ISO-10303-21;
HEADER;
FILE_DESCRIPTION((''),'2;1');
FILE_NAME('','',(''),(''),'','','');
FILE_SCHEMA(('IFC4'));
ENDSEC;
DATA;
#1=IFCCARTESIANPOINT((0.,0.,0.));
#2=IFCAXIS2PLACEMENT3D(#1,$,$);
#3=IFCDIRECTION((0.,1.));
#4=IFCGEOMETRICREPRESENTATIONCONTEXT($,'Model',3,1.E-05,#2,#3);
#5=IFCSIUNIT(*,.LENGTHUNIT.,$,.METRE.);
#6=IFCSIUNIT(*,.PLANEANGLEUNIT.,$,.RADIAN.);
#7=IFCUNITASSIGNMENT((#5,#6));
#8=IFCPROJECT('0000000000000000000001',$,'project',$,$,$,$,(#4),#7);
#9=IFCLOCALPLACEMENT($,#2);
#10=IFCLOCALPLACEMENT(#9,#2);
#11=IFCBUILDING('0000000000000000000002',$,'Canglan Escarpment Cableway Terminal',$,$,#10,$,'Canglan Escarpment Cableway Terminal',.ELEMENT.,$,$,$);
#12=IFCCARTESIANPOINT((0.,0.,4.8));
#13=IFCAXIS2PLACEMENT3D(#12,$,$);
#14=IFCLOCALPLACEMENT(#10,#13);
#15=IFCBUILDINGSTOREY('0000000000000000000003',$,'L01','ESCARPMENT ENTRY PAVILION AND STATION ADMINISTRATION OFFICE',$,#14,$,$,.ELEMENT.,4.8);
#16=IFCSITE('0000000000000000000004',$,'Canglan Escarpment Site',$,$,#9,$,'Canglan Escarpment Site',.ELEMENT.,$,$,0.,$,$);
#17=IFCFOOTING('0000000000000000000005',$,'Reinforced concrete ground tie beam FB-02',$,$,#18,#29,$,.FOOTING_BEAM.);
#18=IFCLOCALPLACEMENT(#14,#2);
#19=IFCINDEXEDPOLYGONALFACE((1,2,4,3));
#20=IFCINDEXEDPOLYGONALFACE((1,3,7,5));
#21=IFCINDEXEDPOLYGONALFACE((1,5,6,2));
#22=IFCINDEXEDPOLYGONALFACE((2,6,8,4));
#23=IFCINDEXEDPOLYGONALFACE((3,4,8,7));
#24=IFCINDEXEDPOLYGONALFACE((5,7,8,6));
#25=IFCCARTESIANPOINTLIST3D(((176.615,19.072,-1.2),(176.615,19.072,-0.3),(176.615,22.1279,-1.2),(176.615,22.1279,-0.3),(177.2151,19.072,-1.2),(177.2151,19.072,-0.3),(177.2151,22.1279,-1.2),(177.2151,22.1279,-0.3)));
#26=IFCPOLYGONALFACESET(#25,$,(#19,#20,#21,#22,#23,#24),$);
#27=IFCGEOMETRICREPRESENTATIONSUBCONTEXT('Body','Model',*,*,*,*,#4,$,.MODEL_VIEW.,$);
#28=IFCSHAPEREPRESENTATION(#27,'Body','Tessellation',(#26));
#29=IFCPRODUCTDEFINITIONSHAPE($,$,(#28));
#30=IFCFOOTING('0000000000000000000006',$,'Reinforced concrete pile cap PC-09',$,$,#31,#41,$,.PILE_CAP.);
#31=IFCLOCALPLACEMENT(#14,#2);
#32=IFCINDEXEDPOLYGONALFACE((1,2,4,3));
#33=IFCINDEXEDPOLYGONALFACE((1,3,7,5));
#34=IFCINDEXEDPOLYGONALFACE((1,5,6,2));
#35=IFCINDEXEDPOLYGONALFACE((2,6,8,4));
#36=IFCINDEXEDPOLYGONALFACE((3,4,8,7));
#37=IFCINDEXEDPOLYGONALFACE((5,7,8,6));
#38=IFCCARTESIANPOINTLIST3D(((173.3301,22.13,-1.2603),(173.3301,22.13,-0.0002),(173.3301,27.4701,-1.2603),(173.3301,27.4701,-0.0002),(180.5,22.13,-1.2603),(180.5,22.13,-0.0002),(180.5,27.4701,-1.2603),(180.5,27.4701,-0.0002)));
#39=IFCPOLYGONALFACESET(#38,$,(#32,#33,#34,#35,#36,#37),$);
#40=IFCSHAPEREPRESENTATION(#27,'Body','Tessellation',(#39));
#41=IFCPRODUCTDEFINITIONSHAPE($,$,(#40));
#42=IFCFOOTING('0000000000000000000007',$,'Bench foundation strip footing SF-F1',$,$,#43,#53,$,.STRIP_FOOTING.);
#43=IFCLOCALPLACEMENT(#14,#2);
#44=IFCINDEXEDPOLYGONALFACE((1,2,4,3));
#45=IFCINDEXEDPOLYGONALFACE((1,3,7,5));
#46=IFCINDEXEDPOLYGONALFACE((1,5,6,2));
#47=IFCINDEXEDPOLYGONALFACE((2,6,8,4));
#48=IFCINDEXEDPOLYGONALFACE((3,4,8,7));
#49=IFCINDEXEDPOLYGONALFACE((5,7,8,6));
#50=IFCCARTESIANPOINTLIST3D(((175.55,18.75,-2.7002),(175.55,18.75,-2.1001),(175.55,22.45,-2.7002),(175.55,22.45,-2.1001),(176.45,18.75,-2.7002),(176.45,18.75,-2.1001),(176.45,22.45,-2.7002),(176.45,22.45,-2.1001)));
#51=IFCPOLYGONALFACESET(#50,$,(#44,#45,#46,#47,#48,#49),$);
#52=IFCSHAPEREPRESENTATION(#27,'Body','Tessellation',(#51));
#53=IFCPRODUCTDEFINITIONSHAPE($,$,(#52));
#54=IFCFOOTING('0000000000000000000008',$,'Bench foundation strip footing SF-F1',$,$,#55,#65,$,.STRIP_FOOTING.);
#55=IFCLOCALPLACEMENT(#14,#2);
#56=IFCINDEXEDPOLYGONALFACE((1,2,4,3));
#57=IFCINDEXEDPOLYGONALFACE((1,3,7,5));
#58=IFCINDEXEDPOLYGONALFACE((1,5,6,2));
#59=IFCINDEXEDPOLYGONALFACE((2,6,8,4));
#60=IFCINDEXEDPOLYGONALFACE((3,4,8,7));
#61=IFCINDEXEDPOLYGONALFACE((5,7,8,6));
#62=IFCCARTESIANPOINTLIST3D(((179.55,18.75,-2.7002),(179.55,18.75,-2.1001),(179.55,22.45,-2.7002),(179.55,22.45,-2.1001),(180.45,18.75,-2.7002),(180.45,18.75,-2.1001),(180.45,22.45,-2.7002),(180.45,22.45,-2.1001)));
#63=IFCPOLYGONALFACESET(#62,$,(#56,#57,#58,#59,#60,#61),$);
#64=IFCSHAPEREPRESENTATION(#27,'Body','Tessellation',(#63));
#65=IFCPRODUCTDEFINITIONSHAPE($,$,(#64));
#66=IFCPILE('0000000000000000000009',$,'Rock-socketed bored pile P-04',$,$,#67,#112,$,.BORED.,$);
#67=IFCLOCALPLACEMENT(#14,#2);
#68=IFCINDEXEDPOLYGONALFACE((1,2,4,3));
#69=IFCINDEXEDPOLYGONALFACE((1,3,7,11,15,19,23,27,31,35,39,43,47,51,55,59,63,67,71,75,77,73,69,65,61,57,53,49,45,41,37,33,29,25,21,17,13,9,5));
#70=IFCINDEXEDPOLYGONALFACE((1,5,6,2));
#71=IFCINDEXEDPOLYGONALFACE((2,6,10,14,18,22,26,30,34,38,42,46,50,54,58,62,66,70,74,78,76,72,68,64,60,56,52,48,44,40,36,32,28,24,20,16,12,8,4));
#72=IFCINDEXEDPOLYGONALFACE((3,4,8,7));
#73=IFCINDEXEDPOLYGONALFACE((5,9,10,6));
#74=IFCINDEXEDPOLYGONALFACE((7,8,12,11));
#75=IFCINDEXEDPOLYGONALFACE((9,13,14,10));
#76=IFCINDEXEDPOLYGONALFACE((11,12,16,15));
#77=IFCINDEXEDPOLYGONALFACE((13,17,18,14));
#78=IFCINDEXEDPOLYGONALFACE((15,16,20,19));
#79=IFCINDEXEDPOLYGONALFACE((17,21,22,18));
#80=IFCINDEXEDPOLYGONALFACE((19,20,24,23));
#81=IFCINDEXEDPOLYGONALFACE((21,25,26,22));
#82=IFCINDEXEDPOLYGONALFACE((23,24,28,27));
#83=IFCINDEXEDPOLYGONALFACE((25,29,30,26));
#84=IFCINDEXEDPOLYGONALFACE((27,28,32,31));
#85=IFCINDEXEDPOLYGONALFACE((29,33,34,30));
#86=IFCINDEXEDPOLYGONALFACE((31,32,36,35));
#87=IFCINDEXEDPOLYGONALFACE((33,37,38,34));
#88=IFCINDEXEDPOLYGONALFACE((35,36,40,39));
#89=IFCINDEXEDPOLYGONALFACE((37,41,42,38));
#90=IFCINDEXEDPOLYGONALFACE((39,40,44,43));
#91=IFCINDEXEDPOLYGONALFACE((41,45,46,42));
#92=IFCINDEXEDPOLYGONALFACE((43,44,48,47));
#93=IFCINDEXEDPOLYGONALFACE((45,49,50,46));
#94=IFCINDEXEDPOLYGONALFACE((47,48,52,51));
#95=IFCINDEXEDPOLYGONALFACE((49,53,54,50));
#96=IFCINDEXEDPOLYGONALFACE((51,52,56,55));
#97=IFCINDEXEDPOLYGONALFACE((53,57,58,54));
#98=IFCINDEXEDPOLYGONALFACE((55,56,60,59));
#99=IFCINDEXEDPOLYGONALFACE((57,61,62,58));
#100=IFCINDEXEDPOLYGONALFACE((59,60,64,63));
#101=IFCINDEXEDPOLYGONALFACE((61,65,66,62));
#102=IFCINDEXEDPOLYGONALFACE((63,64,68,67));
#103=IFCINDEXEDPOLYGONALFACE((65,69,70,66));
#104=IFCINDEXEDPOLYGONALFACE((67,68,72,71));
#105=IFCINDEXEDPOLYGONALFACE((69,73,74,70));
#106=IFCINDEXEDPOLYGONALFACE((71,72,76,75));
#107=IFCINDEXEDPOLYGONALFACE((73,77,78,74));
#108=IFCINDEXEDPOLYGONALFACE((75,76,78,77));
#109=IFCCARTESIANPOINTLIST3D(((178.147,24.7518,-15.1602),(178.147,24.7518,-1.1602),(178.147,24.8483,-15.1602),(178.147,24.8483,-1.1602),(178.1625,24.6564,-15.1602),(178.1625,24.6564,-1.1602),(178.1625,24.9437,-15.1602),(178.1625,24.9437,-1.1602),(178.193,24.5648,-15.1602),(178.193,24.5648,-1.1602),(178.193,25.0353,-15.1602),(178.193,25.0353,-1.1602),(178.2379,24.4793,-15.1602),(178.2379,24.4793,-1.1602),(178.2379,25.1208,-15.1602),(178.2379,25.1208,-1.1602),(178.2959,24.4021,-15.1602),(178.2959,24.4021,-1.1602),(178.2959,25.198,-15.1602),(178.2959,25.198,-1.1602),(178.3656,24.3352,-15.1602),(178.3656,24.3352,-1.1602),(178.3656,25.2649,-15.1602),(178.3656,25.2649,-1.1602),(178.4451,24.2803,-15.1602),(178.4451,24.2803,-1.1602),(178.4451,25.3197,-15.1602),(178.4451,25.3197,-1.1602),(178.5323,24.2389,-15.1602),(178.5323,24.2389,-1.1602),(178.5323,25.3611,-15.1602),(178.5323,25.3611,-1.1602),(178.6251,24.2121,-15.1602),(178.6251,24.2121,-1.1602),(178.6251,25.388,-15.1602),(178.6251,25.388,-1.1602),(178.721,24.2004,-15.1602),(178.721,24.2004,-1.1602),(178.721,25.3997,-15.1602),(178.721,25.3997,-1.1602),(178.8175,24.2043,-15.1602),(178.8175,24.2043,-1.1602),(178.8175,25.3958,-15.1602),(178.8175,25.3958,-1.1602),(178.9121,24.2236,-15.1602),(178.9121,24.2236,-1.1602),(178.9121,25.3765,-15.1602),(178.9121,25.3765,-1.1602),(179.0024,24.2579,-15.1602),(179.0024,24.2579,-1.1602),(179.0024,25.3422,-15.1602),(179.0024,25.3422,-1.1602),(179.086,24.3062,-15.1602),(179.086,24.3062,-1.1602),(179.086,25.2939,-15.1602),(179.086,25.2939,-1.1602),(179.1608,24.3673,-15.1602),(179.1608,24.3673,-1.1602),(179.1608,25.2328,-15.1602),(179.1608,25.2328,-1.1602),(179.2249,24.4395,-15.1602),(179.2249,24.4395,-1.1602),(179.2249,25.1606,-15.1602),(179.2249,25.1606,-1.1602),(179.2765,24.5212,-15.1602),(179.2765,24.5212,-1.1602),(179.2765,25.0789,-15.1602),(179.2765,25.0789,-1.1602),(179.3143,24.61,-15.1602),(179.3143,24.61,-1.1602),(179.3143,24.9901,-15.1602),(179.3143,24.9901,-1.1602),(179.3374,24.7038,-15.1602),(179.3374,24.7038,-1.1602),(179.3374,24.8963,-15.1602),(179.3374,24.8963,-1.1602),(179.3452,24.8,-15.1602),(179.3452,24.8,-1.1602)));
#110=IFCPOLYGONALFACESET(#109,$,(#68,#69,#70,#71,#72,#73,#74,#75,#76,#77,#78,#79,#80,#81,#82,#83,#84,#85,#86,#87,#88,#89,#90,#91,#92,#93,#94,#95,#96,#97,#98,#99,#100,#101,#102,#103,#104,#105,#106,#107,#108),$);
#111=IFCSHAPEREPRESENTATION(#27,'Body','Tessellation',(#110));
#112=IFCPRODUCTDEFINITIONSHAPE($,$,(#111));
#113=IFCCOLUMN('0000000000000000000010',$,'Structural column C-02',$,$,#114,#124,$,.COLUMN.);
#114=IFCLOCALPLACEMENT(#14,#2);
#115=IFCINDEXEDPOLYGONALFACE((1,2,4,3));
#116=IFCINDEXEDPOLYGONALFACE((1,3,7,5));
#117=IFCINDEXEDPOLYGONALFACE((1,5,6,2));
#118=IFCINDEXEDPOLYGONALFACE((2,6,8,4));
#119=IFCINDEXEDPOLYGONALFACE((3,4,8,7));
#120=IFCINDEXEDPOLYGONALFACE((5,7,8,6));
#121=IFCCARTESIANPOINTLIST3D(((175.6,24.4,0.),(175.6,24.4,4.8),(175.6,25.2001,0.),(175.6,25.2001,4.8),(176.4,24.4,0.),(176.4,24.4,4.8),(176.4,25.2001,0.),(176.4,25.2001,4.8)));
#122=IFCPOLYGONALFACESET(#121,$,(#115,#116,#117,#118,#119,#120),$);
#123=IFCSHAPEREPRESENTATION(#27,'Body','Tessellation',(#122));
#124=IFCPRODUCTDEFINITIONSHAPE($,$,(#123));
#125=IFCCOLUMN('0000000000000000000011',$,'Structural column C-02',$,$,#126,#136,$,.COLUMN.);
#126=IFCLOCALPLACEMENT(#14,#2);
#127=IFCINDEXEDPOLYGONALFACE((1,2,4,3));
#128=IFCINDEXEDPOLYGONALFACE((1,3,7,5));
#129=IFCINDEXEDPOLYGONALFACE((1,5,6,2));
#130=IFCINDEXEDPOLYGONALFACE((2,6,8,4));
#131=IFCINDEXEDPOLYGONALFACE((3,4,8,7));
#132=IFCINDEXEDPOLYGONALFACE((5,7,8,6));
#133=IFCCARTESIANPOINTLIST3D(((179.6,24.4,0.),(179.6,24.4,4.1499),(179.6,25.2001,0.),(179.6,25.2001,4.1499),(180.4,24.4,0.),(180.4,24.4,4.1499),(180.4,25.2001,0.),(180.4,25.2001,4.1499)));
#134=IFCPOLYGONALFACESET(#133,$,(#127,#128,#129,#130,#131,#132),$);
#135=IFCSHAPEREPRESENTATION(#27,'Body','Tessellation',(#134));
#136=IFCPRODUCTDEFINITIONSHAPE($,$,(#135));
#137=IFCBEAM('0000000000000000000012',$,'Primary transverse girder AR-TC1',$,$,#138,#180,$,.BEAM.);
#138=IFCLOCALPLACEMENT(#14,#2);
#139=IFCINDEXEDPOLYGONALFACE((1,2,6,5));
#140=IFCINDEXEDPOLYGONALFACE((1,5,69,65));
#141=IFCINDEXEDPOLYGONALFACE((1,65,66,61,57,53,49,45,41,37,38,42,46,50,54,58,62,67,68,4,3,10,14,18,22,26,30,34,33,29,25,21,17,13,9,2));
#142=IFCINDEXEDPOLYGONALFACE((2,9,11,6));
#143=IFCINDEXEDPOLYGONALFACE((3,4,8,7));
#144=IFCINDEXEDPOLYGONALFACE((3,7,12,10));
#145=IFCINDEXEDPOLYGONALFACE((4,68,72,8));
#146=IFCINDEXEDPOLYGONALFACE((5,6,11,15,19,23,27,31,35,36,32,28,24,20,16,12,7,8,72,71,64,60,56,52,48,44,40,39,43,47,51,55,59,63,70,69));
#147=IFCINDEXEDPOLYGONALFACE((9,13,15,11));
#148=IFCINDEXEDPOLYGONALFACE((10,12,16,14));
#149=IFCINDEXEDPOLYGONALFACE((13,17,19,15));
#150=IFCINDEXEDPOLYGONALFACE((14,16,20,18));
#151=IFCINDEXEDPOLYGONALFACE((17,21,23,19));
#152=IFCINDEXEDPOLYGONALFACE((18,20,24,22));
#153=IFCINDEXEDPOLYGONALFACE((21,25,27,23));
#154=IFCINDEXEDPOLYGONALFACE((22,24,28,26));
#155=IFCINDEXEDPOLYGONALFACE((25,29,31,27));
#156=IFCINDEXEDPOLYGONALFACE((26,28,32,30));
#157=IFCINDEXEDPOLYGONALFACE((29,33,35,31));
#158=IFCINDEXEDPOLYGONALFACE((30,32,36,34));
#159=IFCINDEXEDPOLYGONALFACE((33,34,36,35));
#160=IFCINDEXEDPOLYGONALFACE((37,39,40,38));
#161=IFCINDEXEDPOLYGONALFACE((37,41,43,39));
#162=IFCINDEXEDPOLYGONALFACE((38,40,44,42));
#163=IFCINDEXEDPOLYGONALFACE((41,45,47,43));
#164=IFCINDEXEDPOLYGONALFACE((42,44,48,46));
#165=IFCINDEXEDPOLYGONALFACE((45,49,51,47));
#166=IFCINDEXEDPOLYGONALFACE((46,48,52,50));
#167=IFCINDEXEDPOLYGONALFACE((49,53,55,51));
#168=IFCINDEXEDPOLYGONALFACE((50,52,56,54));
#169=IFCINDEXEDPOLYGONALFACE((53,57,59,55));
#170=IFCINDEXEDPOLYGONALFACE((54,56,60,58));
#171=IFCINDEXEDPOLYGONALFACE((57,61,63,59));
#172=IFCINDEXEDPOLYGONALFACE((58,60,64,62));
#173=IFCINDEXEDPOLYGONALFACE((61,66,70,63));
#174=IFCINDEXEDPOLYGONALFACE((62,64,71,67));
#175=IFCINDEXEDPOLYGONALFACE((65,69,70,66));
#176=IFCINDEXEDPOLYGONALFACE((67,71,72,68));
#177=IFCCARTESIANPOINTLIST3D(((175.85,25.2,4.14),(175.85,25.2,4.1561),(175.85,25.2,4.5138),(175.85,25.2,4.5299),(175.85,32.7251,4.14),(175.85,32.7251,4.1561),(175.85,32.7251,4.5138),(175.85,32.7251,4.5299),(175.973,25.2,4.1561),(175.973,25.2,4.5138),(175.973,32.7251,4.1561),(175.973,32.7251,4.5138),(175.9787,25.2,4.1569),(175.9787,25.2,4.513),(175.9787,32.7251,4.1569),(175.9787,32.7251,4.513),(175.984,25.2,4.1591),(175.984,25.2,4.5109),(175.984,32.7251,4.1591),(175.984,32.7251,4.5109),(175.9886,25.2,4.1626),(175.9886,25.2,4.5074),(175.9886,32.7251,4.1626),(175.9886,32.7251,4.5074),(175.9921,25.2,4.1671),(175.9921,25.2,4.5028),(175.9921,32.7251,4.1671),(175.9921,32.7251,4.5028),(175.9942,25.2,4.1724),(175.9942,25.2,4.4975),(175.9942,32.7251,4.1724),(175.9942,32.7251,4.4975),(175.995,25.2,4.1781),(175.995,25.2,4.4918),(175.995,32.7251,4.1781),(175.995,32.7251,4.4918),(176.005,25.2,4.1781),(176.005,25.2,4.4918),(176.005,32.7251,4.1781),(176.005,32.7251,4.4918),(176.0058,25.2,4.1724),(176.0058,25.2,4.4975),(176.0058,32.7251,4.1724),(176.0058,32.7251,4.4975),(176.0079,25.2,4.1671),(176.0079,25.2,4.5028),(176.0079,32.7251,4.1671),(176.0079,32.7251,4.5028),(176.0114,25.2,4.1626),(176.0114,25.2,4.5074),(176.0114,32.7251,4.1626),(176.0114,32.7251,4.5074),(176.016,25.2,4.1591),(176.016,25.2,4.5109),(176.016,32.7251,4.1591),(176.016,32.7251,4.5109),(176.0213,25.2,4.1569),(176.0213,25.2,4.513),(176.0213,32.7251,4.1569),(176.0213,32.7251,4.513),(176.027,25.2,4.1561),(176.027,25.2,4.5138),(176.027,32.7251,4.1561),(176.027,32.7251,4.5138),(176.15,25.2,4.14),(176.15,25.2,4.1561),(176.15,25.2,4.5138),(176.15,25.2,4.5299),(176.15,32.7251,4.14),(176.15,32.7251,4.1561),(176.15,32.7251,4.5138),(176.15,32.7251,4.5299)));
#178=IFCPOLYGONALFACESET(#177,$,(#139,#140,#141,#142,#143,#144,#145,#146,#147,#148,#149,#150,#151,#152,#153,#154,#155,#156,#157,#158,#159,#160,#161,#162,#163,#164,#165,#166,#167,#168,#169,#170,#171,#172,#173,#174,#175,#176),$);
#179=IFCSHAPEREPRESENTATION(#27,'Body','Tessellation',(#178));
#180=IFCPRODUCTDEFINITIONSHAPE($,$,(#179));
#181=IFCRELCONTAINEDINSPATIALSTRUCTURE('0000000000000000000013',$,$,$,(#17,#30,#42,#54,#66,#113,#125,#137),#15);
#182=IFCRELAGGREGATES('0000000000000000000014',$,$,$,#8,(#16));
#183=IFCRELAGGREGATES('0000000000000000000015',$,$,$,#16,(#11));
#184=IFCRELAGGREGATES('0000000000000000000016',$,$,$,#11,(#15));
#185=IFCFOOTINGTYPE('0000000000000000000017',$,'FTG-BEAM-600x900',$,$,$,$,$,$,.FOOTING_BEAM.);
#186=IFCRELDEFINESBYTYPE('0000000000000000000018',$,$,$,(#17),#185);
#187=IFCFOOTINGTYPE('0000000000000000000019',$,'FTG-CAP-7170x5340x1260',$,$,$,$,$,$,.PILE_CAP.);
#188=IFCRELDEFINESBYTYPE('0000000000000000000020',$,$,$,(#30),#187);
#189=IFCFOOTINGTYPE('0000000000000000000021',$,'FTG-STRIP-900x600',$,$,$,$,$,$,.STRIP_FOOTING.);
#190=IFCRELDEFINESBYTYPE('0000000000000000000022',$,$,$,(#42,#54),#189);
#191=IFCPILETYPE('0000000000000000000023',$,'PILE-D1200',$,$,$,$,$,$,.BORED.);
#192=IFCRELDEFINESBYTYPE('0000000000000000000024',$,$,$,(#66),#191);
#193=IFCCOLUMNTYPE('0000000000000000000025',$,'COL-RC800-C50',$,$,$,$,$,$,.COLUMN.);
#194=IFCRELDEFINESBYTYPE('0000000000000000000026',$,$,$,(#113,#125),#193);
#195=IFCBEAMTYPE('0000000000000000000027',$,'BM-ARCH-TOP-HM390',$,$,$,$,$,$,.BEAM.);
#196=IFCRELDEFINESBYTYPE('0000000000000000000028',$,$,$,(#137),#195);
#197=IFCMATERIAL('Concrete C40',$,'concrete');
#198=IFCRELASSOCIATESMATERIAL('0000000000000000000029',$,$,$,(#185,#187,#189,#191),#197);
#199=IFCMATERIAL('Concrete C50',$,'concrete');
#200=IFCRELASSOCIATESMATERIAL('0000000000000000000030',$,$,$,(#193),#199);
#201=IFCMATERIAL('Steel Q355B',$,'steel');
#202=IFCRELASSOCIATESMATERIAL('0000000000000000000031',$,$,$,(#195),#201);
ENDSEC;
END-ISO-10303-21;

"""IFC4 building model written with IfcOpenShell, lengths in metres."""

from ifc_helpers import new_model, si_unit, direction, frame, origin, origin_2d, place, context, subcontext, project, spatial, rectangle, circle, i_section, extrude, material, material_profile, profile_set, type_object, element, save


model = new_model("IFC4")

# Units and contexts
model_context = context("Model", 3, precision=1e-05, world=origin(), true_north=direction((0.0, 1.0)))
body_context = subcontext(model_context, "Body", "Model", "MODEL_VIEW")
ifc_project = project(units=[si_unit("LENGTHUNIT", "METRE"), si_unit("PLANEANGLEUNIT", "RADIAN")], contexts=[model_context])

# Site, building, storey
site_placement = place(None, origin())
site = spatial("IfcSite", under=ifc_project, at=site_placement, Name="Canglan Escarpment Site", LongName="Canglan Escarpment Site", CompositionType="ELEMENT", RefElevation=0.0)
building_placement = place(site_placement, origin())
building = spatial("IfcBuilding", under=site, at=building_placement, Name="Canglan Escarpment Cableway Terminal", LongName="Canglan Escarpment Cableway Terminal", CompositionType="ELEMENT")
storey_placement = place(building_placement, frame((0.0, 0.0, 4.8)))
storey = spatial("IfcBuildingStorey", under=building, at=storey_placement, Name="L01", Description="ESCARPMENT ENTRY PAVILION AND STATION ADMINISTRATION OFFICE", CompositionType="ELEMENT", Elevation=4.8)

# Footings
ifc_material_1 = material(Name="Concrete C40", Category="concrete")
ifc_material_profile_1 = material_profile(ifc_material_1, rectangle(XDim=0.6001, YDim=0.8999, at=origin_2d()), Name="FB 600x900")
ifc_profile_set_1 = profile_set([ifc_material_profile_1], Name="Concrete C40")
footing_type_1 = type_object("IfcFootingType", Name="FTG-BEAM-600x900", PredefinedType="FOOTING_BEAM", material=ifc_profile_set_1)
footing_1_placement = place(storey_placement, frame((176.915, 19.072, -0.75), z_axis=(0.0, 1.0, 0.0), x_axis=(-1.0, 0.0, 0.0)))
element("IfcFooting", 1, at=footing_1_placement, inside=storey, type_object=footing_type_1, Name="Reinforced concrete ground tie beam FB-02", PredefinedType="FOOTING_BEAM", context=body_context, shape_type="SweptSolid", body=[
    extrude(rectangle(XDim=0.6001, YDim=0.8999, at=origin_2d()), origin(), (0.0, 0.0, 1.0), 3.0559),
])
footing_type_2 = type_object("IfcFootingType", Name="FTG-CAP-7170x5340x1260", PredefinedType="PILE_CAP", material=ifc_material_1)
footing_2_placement = place(storey_placement, frame((176.915, 24.8, -1.2603), z_axis=(0.0, 0.0, 1.0), x_axis=(1.0, 0.0, 0.0)))
element("IfcFooting", 2, at=footing_2_placement, inside=storey, type_object=footing_type_2, Name="Reinforced concrete pile cap PC-09", PredefinedType="PILE_CAP", context=body_context, shape_type="SweptSolid", body=[
    extrude(rectangle(XDim=7.1699, YDim=5.3401, at=origin_2d()), origin(), (0.0, 0.0, 1.0), 1.26),
])
ifc_material_profile_2 = material_profile(ifc_material_1, rectangle(XDim=0.8999, YDim=0.6001, at=origin_2d()), Name="SF 900x600")
ifc_profile_set_2 = profile_set([ifc_material_profile_2], Name="Concrete C40")
footing_type_3 = type_object("IfcFootingType", Name="FTG-STRIP-900x600", PredefinedType="STRIP_FOOTING", material=ifc_profile_set_2)
for number, where, z_axis, x_axis, name in (
    (3, (176.0, 18.75, -2.4001), (0.0, 1.0, 0.0), (-1.0, 0.0, 0.0), "Bench foundation strip footing SF-F1"),
    (4, (180.0, 18.75, -2.4001), (0.0, 1.0, 0.0), (-1.0, 0.0, 0.0), "Bench foundation strip footing SF-F1"),
):
    element("IfcFooting", number, at=place(storey_placement, frame(where, z_axis=z_axis, x_axis=x_axis)), inside=storey, type_object=footing_type_3, Name=name, PredefinedType="STRIP_FOOTING", context=body_context, shape_type="SweptSolid", body=[
        extrude(rectangle(XDim=0.8999, YDim=0.6001, at=origin_2d()), origin(), (0.0, 0.0, 1.0), 3.7),
    ])

# Pile
ifc_material_profile_3 = material_profile(ifc_material_1, circle(Radius=0.6001, at=origin_2d()), Name="BORED PILE D1200")
ifc_profile_set_3 = profile_set([ifc_material_profile_3], Name="Concrete C40")
pile_type = type_object("IfcPileType", Name="PILE-D1200", PredefinedType="BORED", material=ifc_profile_set_3)
pile_placement = place(storey_placement, frame((178.7451, 24.8, -1.1602), z_axis=(0.0, 0.0, -1.0), x_axis=(1.0, 0.0, 0.0)))
element("IfcPile", 5, at=pile_placement, inside=storey, type_object=pile_type, Name="Rock-socketed bored pile P-04", PredefinedType="BORED", context=body_context, shape_type="SweptSolid", body=[
    extrude(circle(Radius=0.6001, at=origin_2d()), origin(), (0.0, 0.0, 1.0), 14.0),
])

# Columns
ifc_material_2 = material(Name="Concrete C50", Category="concrete")
ifc_material_profile_4 = material_profile(ifc_material_2, rectangle(XDim=0.8, YDim=0.8, at=origin_2d()), Name="RC 800x800")
ifc_profile_set_4 = profile_set([ifc_material_profile_4], Name="Concrete C50")
column_type = type_object("IfcColumnType", Name="COL-RC800-C50", PredefinedType="COLUMN", material=ifc_profile_set_4)
column_1_placement = place(storey_placement, frame((176.0, 24.8, 0.0), z_axis=(0.0, 0.0, 1.0), x_axis=(1.0, 0.0, 0.0)))
element("IfcColumn", 6, at=column_1_placement, inside=storey, type_object=column_type, Name="Structural column C-02", PredefinedType="COLUMN", context=body_context, shape_type="SweptSolid", body=[
    extrude(rectangle(XDim=0.8, YDim=0.8, at=origin_2d()), origin(), (0.0, 0.0, 1.0), 4.8),
])
column_2_placement = place(storey_placement, frame((180.0, 24.8, 0.0), z_axis=(0.0, 0.0, 1.0), x_axis=(1.0, 0.0, 0.0)))
element("IfcColumn", 7, at=column_2_placement, inside=storey, type_object=column_type, Name="Structural column C-02", PredefinedType="COLUMN", context=body_context, shape_type="SweptSolid", body=[
    extrude(rectangle(XDim=0.8, YDim=0.8, at=origin_2d()), origin(), (0.0, 0.0, 1.0), 4.1499),
])

# Beam
ifc_material_3 = material(Name="Steel Q355B", Category="steel")
ifc_material_profile_5 = material_profile(ifc_material_3, i_section(OverallWidth=0.3, OverallDepth=0.3899, WebThickness=0.01, FlangeThickness=0.0161, FilletRadius=0.022, at=origin_2d()), Name="HM 390x300x10x16")
ifc_profile_set_5 = profile_set([ifc_material_profile_5], Name="Steel Q355B")
beam_type = type_object("IfcBeamType", Name="BM-ARCH-TOP-HM390", PredefinedType="BEAM", material=ifc_profile_set_5)
beam_placement = place(storey_placement, frame((176.0, 25.2, 4.335), z_axis=(0.0, 1.0, 0.0), x_axis=(-1.0, 0.0, 0.0)))
element("IfcBeam", 8, at=beam_placement, inside=storey, type_object=beam_type, Name="Primary transverse girder AR-TC1", PredefinedType="BEAM", context=body_context, shape_type="SweptSolid", body=[
    extrude(i_section(OverallWidth=0.3, OverallDepth=0.3899, WebThickness=0.01, FlangeThickness=0.0161, FilletRadius=0.022, at=origin_2d()), origin(), (0.0, 0.0, 1.0), 7.5251),
])

save(model, "model.ifc")
